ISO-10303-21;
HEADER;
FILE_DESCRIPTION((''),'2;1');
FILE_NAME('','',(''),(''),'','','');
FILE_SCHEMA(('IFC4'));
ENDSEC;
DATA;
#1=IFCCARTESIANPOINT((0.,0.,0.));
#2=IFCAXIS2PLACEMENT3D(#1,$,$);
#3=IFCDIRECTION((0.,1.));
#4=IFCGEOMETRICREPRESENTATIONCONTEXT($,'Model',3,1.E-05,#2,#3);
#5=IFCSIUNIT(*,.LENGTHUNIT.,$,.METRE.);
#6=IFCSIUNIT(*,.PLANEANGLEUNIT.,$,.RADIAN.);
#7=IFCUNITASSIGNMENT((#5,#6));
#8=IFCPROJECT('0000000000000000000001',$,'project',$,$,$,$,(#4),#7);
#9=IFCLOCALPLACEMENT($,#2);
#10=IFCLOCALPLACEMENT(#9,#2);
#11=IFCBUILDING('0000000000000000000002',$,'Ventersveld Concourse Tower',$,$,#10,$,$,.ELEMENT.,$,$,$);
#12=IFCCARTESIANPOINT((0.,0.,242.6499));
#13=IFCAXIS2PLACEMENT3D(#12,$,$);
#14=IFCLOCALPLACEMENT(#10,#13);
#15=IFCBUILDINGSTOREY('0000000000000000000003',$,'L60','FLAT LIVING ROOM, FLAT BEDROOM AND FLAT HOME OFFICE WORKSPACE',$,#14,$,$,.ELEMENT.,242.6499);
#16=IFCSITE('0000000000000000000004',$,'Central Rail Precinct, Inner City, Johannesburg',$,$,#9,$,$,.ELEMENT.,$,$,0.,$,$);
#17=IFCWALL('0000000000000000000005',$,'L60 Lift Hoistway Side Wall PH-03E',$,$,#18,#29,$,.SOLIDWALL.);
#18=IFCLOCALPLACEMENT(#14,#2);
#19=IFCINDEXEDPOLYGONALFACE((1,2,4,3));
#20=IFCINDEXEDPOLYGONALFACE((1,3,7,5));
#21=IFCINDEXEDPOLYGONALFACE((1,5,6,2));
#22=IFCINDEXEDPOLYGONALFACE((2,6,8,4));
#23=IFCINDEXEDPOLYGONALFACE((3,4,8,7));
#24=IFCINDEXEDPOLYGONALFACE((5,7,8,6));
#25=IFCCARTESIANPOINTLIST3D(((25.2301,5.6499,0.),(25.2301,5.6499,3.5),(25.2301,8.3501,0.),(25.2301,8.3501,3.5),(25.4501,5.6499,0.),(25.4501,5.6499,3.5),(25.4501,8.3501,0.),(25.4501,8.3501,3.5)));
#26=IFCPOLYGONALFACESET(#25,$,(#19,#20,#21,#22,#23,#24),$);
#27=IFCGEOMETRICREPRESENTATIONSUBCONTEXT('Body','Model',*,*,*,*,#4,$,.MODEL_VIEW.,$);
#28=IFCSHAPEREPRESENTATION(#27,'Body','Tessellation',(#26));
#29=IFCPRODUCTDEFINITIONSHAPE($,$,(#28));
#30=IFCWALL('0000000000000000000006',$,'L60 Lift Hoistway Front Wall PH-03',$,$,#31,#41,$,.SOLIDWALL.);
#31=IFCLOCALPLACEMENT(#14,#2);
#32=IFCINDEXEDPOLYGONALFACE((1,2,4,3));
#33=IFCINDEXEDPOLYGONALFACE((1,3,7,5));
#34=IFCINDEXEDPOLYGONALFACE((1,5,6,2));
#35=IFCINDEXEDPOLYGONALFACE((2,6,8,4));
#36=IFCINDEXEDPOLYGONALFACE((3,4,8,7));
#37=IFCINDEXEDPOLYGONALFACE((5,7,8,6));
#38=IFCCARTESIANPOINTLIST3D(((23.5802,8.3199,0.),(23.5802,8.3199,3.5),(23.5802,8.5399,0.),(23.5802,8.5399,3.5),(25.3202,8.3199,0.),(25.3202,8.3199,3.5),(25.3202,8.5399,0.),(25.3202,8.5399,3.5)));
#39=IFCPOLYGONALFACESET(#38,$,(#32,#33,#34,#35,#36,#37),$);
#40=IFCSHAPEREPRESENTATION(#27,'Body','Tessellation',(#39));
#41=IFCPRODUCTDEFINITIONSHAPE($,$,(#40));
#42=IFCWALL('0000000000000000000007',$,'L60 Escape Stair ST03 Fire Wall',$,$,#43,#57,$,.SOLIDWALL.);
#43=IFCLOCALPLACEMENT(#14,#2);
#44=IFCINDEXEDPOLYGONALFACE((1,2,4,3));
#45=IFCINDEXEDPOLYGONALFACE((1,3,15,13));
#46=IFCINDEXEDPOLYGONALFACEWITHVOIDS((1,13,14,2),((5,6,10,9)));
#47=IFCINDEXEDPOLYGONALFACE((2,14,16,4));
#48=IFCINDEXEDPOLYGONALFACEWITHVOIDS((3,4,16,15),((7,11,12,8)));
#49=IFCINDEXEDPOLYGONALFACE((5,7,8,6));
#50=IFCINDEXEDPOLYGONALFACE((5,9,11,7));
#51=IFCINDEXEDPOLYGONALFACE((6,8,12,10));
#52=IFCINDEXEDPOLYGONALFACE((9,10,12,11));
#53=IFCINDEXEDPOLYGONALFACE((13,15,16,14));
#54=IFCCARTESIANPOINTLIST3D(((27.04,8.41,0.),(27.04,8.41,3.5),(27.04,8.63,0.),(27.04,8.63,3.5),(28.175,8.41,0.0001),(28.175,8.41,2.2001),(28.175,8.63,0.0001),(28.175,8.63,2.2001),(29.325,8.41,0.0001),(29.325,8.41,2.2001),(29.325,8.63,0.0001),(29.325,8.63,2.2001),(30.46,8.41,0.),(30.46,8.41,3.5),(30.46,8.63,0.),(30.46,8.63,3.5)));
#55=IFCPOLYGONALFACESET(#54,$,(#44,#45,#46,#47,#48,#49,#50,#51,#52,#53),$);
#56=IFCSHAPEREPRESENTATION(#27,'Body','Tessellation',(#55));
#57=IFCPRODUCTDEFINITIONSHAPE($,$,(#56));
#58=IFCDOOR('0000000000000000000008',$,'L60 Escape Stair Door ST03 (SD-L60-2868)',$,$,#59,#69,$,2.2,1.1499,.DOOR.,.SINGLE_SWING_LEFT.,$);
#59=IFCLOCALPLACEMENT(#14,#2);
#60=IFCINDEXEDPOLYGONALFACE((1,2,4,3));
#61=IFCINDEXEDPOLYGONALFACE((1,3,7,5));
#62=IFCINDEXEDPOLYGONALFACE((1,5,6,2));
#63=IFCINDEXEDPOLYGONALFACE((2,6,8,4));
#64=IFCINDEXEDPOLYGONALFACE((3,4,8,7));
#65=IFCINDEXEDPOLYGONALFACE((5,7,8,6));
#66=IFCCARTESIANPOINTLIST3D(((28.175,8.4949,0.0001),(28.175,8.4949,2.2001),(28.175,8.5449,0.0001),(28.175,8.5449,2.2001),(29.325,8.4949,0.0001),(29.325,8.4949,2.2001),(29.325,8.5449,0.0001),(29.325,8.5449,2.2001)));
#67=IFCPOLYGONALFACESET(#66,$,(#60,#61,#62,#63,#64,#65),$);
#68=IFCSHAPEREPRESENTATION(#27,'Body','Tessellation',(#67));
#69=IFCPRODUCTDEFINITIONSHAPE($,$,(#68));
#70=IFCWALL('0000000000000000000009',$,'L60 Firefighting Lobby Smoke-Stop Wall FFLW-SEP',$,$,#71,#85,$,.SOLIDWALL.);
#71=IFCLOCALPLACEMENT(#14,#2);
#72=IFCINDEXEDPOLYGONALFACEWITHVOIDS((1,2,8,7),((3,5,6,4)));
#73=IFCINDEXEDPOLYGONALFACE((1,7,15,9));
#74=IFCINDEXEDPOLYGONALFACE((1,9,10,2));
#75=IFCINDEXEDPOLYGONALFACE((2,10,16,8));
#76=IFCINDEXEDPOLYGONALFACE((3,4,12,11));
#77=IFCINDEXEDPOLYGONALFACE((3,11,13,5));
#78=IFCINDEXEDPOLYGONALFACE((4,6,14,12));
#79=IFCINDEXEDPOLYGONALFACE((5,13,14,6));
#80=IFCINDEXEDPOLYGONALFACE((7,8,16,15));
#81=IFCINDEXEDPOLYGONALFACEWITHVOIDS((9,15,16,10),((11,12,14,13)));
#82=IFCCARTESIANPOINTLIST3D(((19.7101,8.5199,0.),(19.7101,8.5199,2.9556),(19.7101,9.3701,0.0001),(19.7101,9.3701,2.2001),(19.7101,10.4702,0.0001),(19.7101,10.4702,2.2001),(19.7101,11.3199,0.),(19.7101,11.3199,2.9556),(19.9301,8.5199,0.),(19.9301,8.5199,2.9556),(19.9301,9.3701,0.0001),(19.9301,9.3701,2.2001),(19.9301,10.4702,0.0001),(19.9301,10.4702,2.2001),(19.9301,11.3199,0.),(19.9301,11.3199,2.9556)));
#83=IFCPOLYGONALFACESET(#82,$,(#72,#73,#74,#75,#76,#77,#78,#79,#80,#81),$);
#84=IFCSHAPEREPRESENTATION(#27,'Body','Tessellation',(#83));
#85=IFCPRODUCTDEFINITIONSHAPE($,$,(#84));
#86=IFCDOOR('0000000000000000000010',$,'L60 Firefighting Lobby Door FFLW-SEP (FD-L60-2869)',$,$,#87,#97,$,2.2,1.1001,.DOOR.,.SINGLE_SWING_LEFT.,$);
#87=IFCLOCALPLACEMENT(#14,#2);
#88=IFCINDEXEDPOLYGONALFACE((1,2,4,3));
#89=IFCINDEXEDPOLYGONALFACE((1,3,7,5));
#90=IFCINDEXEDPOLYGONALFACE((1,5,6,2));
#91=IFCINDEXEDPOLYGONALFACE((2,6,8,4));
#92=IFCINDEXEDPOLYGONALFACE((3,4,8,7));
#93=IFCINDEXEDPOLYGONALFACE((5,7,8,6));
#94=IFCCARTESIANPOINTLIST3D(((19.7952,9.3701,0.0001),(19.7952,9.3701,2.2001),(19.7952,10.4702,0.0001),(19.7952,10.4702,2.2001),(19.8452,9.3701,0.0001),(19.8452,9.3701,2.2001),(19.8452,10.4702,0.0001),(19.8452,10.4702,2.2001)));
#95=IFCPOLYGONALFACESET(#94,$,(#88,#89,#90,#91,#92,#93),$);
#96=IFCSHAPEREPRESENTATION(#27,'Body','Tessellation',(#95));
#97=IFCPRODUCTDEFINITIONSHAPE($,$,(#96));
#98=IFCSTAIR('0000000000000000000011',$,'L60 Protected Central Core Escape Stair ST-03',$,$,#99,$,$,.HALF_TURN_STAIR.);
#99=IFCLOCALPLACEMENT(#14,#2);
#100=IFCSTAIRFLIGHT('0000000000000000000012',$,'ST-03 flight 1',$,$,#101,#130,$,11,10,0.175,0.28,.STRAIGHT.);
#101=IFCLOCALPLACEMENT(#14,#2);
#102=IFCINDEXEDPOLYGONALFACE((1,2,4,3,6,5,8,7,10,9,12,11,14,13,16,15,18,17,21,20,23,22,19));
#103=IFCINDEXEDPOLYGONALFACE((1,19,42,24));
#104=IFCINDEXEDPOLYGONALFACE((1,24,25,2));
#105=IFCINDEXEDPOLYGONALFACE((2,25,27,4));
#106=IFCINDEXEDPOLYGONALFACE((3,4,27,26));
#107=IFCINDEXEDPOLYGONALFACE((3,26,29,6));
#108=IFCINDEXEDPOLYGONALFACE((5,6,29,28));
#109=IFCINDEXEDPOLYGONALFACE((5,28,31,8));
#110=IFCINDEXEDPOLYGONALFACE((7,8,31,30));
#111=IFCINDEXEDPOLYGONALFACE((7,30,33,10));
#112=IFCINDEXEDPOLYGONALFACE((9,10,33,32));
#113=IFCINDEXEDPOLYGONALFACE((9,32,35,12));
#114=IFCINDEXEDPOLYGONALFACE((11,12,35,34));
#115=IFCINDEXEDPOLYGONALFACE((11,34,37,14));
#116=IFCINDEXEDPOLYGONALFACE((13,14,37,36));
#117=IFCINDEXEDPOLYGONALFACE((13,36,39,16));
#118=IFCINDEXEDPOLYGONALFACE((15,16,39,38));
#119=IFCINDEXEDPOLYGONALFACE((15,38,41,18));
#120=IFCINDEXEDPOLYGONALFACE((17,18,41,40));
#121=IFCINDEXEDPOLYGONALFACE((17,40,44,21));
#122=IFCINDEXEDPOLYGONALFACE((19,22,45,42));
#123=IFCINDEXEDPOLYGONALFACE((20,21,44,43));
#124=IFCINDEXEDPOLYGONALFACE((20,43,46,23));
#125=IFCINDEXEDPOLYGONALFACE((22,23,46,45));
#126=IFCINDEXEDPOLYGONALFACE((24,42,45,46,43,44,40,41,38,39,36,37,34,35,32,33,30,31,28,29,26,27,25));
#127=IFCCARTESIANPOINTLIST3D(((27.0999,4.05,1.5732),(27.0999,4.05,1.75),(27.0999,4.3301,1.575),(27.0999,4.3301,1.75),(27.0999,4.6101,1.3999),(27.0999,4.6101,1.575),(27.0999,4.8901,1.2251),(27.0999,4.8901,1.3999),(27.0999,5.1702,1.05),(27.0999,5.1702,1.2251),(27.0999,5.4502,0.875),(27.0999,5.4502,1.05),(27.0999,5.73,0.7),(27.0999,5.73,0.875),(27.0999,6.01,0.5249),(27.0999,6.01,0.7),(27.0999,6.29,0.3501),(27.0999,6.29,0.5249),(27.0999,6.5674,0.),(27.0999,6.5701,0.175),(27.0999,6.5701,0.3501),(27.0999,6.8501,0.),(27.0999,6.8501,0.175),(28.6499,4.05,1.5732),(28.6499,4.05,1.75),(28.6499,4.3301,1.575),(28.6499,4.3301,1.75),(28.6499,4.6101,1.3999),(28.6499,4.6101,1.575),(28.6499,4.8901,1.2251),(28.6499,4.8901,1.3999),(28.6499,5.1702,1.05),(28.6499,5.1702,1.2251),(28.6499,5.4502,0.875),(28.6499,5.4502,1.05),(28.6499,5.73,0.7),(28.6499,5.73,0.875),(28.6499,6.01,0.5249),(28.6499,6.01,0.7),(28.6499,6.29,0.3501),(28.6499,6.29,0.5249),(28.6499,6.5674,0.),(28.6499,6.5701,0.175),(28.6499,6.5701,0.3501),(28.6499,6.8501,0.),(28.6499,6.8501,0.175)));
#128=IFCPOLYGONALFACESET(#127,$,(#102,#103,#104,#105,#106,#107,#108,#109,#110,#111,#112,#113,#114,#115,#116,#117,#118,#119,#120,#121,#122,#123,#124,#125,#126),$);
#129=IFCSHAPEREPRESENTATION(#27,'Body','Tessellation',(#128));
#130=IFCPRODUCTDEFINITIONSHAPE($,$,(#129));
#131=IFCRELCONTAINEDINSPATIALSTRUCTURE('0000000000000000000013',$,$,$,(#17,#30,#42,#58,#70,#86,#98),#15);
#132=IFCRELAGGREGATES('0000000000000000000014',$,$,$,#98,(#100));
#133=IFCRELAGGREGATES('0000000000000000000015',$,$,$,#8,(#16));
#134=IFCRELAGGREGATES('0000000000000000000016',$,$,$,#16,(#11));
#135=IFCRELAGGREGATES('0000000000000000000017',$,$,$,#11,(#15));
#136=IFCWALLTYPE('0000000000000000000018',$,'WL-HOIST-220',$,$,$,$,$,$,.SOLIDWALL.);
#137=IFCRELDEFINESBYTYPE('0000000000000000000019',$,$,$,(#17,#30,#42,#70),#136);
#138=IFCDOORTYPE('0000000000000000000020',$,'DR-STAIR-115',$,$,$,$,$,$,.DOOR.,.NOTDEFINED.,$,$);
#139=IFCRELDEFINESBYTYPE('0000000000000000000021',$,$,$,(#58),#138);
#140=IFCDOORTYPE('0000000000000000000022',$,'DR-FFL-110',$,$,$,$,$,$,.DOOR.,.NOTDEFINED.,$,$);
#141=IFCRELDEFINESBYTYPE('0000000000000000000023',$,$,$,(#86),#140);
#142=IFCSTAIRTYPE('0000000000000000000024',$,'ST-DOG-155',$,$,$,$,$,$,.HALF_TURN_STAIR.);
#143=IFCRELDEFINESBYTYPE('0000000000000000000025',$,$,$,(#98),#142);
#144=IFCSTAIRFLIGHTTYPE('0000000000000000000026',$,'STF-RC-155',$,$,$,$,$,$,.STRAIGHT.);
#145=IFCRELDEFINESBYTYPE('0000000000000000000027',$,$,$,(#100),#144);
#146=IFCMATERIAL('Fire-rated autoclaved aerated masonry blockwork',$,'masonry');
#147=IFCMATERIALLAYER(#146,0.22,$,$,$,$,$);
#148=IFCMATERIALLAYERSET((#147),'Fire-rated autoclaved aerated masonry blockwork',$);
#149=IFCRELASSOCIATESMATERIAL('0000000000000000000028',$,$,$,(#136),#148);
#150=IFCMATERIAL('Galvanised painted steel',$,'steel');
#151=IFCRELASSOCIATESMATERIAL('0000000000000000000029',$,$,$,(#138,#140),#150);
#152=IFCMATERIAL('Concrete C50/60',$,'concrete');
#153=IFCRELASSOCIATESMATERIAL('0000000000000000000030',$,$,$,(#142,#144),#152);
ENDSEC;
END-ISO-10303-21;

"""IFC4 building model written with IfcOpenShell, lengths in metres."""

from ifc_helpers import new_model, si_unit, direction, frame, frame_2d, origin, place, context, subcontext, project, spatial, polyline, rectangle, outline, extrude, material, layer, layer_set, type_object, element, fill, aggregate, save


model = new_model("IFC4")

# Units and contexts
model_context = context("Model", 3, precision=1e-05, world=origin(), true_north=direction((0.0, 1.0)))
body_context = subcontext(model_context, "Body", "Model", "MODEL_VIEW")
ifc_project = project(units=[si_unit("LENGTHUNIT", "METRE"), si_unit("PLANEANGLEUNIT", "RADIAN")], contexts=[model_context])

# Site, building, storey
site_placement = place(None, origin())
site = spatial("IfcSite", under=ifc_project, at=site_placement, Name="Central Rail Precinct, Inner City, Johannesburg", CompositionType="ELEMENT", RefElevation=0.0)
building_placement = place(site_placement, origin())
building = spatial("IfcBuilding", under=site, at=building_placement, Name="Ventersveld Concourse Tower", CompositionType="ELEMENT")
storey_placement = place(building_placement, frame((0.0, 0.0, 242.6499)))
storey = spatial("IfcBuildingStorey", under=building, at=storey_placement, Name="L60", Description="FLAT LIVING ROOM, FLAT BEDROOM AND FLAT HOME OFFICE WORKSPACE", CompositionType="ELEMENT", Elevation=242.6499)

# Shared definitions
ifc_material_1 = material(Name="Concrete C50/60", Category="concrete")

# Shared definitions
ifc_material_2 = material(Name="Fire-rated autoclaved aerated masonry blockwork", Category="masonry")
ifc_material_3 = material(Name="Galvanised painted steel", Category="steel")

# Walls
ifc_layer_1 = layer(ifc_material_2, 0.22)
ifc_layer_set_1 = layer_set([ifc_layer_1], Name="Fire-rated autoclaved aerated masonry blockwork")
wall_type_1 = type_object("IfcWallType", Name="WL-HOIST-220", PredefinedType="SOLIDWALL", material=ifc_layer_set_1)
wall_1_placement = place(storey_placement, frame((25.3401, 5.6499, 0.0), z_axis=(0.0, 0.0, 1.0), x_axis=(0.0, 1.0, 0.0)))
element("IfcWall", 1, at=wall_1_placement, inside=storey, type_object=wall_type_1, Name="L60 Lift Hoistway Side Wall PH-03E", PredefinedType="SOLIDWALL", context=body_context, shape_type="SweptSolid", body=[
    extrude(rectangle(XDim=2.7002, YDim=0.22, at=frame_2d((1.3501, 0.0))), origin(), (0.0, 0.0, 1.0), 3.5),
])
wall_2_placement = place(storey_placement, frame((23.5801, 8.4299, 0.0), z_axis=(0.0, 0.0, 1.0), x_axis=(1.0, 0.0, 0.0)))
element("IfcWall", 2, at=wall_2_placement, inside=storey, type_object=wall_type_1, Name="L60 Lift Hoistway Front Wall PH-03", PredefinedType="SOLIDWALL", context=body_context, shape_type="SweptSolid", body=[
    extrude(rectangle(XDim=1.74, YDim=0.22, at=frame_2d((0.8701, 0.0))), origin(), (0.0, 0.0, 1.0), 3.5),
])

# Walls, openings, doors
wall_3_placement = place(storey_placement, frame((27.04, 8.52, 0.0), z_axis=(0.0, 0.0, 1.0), x_axis=(1.0, 0.0, 0.0)))
wall_3 = element("IfcWall", 3, at=wall_3_placement, inside=storey, type_object=wall_type_1, Name="L60 Escape Stair ST03 Fire Wall", PredefinedType="SOLIDWALL", context=body_context, shape_type="SweptSolid", body=[
    extrude(rectangle(XDim=3.4199, YDim=0.22, at=frame_2d((1.71, 0.0))), origin(), (0.0, 0.0, 1.0), 3.5),
])
opening_1_placement = place(wall_3_placement, frame((1.135, 0.0, 0.0)))
opening_1 = element("IfcOpeningElement", 4, at=opening_1_placement, cuts=wall_3, PredefinedType="OPENING", context=body_context, shape_type="SweptSolid", body=[
    extrude(rectangle(XDim=1.1499, YDim=2.2, at=frame_2d((0.575, 1.1001))), frame((0.0, 0.1201, 0.0), z_axis=(0.0, -1.0, 0.0), x_axis=(1.0, 0.0, 0.0)), (0.0, 0.0, 1.0), 0.24),
])
door_type_1 = type_object("IfcDoorType", Name="DR-STAIR-115", OperationType="NOTDEFINED", PredefinedType="DOOR", material=ifc_material_3)
door_1_placement = place(opening_1_placement, origin())
door_1 = element("IfcDoor", 5, at=door_1_placement, inside=storey, type_object=door_type_1, Name="L60 Escape Stair Door ST03 (SD-L60-2868)", OperationType="SINGLE_SWING_LEFT", OverallHeight=2.2, OverallWidth=1.1499, PredefinedType="DOOR", context=body_context, shape_type="SweptSolid", body=[
    extrude(rectangle(XDim=1.1499, YDim=2.2, at=frame_2d((0.575, 1.1001))), frame((0.0, 0.0249, 0.0), z_axis=(0.0, -1.0, 0.0), x_axis=(1.0, 0.0, 0.0)), (0.0, 0.0, 1.0), 0.05),
])
fill(opening_1, door_1)
wall_4_placement = place(storey_placement, frame((19.8201, 8.52, 0.0), z_axis=(0.0, 0.0, 1.0), x_axis=(0.0, 1.0, 0.0)))
wall_4 = element("IfcWall", 6, at=wall_4_placement, inside=storey, type_object=wall_type_1, Name="L60 Firefighting Lobby Smoke-Stop Wall FFLW-SEP", PredefinedType="SOLIDWALL", context=body_context, shape_type="SweptSolid", body=[
    extrude(rectangle(XDim=2.8, YDim=0.22, at=frame_2d((1.3999, 0.0))), origin(), (0.0, 0.0, 1.0), 2.9556),
])
opening_2_placement = place(wall_4_placement, frame((0.8501, 0.0, 0.0)))
opening_2 = element("IfcOpeningElement", 7, at=opening_2_placement, cuts=wall_4, PredefinedType="OPENING", context=body_context, shape_type="SweptSolid", body=[
    extrude(rectangle(XDim=1.1001, YDim=2.2, at=frame_2d((0.55, 1.1001))), frame((0.0, 0.1201, 0.0), z_axis=(0.0, -1.0, 0.0), x_axis=(1.0, 0.0, 0.0)), (0.0, 0.0, 1.0), 0.24),
])
door_type_2 = type_object("IfcDoorType", Name="DR-FFL-110", OperationType="NOTDEFINED", PredefinedType="DOOR", material=ifc_material_3)
door_2_placement = place(opening_2_placement, origin())
door_2 = element("IfcDoor", 8, at=door_2_placement, inside=storey, type_object=door_type_2, Name="L60 Firefighting Lobby Door FFLW-SEP (FD-L60-2869)", OperationType="SINGLE_SWING_LEFT", OverallHeight=2.2, OverallWidth=1.1001, PredefinedType="DOOR", context=body_context, shape_type="SweptSolid", body=[
    extrude(rectangle(XDim=1.1001, YDim=2.2, at=frame_2d((0.55, 1.1001))), frame((0.0, 0.0249, 0.0), z_axis=(0.0, -1.0, 0.0), x_axis=(1.0, 0.0, 0.0)), (0.0, 0.0, 1.0), 0.05),
])
fill(opening_2, door_2)

# Stair, stair flight
stair_type = type_object("IfcStairType", Name="ST-DOG-155", PredefinedType="HALF_TURN_STAIR", material=ifc_material_1)
stair_placement = place(storey_placement, origin())
stair = element("IfcStair", 9, at=stair_placement, inside=storey, type_object=stair_type, Name="L60 Protected Central Core Escape Stair ST-03", PredefinedType="HALF_TURN_STAIR")
stair_flight_type = type_object("IfcStairFlightType", Name="STF-RC-155", PredefinedType="STRAIGHT", material=ifc_material_1)
stair_flight_placement = place(storey_placement, frame((27.875, 6.8501, 0.0), z_axis=(0.0, 0.0, 1.0), x_axis=(0.0, -1.0, 0.0)))
stair_flight = element("IfcStairFlight", 10, at=stair_flight_placement, type_object=stair_flight_type, Name="ST-03 flight 1", NumberOfRisers=11, NumberOfTreads=10, PredefinedType="STRAIGHT", RiserHeight=0.175, TreadLength=0.28, context=body_context, shape_type="SweptSolid", body=[
    extrude(outline(polyline([(0.0, 0.0), (0.0, 0.175), (0.28, 0.175), (0.28, 0.3501), (0.5601, 0.3501), (0.5601, 0.5249), (0.8401, 0.5249), (0.8401, 0.7), (1.1201, 0.7), (1.1201, 0.875), (1.3999, 0.875), (1.3999, 1.05), (1.6799, 1.05), (1.6799, 1.2251), (1.96, 1.2251), (1.96, 1.3999), (2.24, 1.3999), (2.24, 1.575), (2.52, 1.575), (2.52, 1.75), (2.8, 1.75), (2.8, 1.925), (2.8, 1.5732), (0.2827, 0.0), (0.0, 0.0)])), frame((0.0, 0.7749, 0.0), z_axis=(0.0, -1.0, 0.0), x_axis=(1.0, 0.0, 0.0)), (0.0, 0.0, 1.0), 1.55),
])
aggregate(stair, [stair_flight])

save(model, "model.ifc")
